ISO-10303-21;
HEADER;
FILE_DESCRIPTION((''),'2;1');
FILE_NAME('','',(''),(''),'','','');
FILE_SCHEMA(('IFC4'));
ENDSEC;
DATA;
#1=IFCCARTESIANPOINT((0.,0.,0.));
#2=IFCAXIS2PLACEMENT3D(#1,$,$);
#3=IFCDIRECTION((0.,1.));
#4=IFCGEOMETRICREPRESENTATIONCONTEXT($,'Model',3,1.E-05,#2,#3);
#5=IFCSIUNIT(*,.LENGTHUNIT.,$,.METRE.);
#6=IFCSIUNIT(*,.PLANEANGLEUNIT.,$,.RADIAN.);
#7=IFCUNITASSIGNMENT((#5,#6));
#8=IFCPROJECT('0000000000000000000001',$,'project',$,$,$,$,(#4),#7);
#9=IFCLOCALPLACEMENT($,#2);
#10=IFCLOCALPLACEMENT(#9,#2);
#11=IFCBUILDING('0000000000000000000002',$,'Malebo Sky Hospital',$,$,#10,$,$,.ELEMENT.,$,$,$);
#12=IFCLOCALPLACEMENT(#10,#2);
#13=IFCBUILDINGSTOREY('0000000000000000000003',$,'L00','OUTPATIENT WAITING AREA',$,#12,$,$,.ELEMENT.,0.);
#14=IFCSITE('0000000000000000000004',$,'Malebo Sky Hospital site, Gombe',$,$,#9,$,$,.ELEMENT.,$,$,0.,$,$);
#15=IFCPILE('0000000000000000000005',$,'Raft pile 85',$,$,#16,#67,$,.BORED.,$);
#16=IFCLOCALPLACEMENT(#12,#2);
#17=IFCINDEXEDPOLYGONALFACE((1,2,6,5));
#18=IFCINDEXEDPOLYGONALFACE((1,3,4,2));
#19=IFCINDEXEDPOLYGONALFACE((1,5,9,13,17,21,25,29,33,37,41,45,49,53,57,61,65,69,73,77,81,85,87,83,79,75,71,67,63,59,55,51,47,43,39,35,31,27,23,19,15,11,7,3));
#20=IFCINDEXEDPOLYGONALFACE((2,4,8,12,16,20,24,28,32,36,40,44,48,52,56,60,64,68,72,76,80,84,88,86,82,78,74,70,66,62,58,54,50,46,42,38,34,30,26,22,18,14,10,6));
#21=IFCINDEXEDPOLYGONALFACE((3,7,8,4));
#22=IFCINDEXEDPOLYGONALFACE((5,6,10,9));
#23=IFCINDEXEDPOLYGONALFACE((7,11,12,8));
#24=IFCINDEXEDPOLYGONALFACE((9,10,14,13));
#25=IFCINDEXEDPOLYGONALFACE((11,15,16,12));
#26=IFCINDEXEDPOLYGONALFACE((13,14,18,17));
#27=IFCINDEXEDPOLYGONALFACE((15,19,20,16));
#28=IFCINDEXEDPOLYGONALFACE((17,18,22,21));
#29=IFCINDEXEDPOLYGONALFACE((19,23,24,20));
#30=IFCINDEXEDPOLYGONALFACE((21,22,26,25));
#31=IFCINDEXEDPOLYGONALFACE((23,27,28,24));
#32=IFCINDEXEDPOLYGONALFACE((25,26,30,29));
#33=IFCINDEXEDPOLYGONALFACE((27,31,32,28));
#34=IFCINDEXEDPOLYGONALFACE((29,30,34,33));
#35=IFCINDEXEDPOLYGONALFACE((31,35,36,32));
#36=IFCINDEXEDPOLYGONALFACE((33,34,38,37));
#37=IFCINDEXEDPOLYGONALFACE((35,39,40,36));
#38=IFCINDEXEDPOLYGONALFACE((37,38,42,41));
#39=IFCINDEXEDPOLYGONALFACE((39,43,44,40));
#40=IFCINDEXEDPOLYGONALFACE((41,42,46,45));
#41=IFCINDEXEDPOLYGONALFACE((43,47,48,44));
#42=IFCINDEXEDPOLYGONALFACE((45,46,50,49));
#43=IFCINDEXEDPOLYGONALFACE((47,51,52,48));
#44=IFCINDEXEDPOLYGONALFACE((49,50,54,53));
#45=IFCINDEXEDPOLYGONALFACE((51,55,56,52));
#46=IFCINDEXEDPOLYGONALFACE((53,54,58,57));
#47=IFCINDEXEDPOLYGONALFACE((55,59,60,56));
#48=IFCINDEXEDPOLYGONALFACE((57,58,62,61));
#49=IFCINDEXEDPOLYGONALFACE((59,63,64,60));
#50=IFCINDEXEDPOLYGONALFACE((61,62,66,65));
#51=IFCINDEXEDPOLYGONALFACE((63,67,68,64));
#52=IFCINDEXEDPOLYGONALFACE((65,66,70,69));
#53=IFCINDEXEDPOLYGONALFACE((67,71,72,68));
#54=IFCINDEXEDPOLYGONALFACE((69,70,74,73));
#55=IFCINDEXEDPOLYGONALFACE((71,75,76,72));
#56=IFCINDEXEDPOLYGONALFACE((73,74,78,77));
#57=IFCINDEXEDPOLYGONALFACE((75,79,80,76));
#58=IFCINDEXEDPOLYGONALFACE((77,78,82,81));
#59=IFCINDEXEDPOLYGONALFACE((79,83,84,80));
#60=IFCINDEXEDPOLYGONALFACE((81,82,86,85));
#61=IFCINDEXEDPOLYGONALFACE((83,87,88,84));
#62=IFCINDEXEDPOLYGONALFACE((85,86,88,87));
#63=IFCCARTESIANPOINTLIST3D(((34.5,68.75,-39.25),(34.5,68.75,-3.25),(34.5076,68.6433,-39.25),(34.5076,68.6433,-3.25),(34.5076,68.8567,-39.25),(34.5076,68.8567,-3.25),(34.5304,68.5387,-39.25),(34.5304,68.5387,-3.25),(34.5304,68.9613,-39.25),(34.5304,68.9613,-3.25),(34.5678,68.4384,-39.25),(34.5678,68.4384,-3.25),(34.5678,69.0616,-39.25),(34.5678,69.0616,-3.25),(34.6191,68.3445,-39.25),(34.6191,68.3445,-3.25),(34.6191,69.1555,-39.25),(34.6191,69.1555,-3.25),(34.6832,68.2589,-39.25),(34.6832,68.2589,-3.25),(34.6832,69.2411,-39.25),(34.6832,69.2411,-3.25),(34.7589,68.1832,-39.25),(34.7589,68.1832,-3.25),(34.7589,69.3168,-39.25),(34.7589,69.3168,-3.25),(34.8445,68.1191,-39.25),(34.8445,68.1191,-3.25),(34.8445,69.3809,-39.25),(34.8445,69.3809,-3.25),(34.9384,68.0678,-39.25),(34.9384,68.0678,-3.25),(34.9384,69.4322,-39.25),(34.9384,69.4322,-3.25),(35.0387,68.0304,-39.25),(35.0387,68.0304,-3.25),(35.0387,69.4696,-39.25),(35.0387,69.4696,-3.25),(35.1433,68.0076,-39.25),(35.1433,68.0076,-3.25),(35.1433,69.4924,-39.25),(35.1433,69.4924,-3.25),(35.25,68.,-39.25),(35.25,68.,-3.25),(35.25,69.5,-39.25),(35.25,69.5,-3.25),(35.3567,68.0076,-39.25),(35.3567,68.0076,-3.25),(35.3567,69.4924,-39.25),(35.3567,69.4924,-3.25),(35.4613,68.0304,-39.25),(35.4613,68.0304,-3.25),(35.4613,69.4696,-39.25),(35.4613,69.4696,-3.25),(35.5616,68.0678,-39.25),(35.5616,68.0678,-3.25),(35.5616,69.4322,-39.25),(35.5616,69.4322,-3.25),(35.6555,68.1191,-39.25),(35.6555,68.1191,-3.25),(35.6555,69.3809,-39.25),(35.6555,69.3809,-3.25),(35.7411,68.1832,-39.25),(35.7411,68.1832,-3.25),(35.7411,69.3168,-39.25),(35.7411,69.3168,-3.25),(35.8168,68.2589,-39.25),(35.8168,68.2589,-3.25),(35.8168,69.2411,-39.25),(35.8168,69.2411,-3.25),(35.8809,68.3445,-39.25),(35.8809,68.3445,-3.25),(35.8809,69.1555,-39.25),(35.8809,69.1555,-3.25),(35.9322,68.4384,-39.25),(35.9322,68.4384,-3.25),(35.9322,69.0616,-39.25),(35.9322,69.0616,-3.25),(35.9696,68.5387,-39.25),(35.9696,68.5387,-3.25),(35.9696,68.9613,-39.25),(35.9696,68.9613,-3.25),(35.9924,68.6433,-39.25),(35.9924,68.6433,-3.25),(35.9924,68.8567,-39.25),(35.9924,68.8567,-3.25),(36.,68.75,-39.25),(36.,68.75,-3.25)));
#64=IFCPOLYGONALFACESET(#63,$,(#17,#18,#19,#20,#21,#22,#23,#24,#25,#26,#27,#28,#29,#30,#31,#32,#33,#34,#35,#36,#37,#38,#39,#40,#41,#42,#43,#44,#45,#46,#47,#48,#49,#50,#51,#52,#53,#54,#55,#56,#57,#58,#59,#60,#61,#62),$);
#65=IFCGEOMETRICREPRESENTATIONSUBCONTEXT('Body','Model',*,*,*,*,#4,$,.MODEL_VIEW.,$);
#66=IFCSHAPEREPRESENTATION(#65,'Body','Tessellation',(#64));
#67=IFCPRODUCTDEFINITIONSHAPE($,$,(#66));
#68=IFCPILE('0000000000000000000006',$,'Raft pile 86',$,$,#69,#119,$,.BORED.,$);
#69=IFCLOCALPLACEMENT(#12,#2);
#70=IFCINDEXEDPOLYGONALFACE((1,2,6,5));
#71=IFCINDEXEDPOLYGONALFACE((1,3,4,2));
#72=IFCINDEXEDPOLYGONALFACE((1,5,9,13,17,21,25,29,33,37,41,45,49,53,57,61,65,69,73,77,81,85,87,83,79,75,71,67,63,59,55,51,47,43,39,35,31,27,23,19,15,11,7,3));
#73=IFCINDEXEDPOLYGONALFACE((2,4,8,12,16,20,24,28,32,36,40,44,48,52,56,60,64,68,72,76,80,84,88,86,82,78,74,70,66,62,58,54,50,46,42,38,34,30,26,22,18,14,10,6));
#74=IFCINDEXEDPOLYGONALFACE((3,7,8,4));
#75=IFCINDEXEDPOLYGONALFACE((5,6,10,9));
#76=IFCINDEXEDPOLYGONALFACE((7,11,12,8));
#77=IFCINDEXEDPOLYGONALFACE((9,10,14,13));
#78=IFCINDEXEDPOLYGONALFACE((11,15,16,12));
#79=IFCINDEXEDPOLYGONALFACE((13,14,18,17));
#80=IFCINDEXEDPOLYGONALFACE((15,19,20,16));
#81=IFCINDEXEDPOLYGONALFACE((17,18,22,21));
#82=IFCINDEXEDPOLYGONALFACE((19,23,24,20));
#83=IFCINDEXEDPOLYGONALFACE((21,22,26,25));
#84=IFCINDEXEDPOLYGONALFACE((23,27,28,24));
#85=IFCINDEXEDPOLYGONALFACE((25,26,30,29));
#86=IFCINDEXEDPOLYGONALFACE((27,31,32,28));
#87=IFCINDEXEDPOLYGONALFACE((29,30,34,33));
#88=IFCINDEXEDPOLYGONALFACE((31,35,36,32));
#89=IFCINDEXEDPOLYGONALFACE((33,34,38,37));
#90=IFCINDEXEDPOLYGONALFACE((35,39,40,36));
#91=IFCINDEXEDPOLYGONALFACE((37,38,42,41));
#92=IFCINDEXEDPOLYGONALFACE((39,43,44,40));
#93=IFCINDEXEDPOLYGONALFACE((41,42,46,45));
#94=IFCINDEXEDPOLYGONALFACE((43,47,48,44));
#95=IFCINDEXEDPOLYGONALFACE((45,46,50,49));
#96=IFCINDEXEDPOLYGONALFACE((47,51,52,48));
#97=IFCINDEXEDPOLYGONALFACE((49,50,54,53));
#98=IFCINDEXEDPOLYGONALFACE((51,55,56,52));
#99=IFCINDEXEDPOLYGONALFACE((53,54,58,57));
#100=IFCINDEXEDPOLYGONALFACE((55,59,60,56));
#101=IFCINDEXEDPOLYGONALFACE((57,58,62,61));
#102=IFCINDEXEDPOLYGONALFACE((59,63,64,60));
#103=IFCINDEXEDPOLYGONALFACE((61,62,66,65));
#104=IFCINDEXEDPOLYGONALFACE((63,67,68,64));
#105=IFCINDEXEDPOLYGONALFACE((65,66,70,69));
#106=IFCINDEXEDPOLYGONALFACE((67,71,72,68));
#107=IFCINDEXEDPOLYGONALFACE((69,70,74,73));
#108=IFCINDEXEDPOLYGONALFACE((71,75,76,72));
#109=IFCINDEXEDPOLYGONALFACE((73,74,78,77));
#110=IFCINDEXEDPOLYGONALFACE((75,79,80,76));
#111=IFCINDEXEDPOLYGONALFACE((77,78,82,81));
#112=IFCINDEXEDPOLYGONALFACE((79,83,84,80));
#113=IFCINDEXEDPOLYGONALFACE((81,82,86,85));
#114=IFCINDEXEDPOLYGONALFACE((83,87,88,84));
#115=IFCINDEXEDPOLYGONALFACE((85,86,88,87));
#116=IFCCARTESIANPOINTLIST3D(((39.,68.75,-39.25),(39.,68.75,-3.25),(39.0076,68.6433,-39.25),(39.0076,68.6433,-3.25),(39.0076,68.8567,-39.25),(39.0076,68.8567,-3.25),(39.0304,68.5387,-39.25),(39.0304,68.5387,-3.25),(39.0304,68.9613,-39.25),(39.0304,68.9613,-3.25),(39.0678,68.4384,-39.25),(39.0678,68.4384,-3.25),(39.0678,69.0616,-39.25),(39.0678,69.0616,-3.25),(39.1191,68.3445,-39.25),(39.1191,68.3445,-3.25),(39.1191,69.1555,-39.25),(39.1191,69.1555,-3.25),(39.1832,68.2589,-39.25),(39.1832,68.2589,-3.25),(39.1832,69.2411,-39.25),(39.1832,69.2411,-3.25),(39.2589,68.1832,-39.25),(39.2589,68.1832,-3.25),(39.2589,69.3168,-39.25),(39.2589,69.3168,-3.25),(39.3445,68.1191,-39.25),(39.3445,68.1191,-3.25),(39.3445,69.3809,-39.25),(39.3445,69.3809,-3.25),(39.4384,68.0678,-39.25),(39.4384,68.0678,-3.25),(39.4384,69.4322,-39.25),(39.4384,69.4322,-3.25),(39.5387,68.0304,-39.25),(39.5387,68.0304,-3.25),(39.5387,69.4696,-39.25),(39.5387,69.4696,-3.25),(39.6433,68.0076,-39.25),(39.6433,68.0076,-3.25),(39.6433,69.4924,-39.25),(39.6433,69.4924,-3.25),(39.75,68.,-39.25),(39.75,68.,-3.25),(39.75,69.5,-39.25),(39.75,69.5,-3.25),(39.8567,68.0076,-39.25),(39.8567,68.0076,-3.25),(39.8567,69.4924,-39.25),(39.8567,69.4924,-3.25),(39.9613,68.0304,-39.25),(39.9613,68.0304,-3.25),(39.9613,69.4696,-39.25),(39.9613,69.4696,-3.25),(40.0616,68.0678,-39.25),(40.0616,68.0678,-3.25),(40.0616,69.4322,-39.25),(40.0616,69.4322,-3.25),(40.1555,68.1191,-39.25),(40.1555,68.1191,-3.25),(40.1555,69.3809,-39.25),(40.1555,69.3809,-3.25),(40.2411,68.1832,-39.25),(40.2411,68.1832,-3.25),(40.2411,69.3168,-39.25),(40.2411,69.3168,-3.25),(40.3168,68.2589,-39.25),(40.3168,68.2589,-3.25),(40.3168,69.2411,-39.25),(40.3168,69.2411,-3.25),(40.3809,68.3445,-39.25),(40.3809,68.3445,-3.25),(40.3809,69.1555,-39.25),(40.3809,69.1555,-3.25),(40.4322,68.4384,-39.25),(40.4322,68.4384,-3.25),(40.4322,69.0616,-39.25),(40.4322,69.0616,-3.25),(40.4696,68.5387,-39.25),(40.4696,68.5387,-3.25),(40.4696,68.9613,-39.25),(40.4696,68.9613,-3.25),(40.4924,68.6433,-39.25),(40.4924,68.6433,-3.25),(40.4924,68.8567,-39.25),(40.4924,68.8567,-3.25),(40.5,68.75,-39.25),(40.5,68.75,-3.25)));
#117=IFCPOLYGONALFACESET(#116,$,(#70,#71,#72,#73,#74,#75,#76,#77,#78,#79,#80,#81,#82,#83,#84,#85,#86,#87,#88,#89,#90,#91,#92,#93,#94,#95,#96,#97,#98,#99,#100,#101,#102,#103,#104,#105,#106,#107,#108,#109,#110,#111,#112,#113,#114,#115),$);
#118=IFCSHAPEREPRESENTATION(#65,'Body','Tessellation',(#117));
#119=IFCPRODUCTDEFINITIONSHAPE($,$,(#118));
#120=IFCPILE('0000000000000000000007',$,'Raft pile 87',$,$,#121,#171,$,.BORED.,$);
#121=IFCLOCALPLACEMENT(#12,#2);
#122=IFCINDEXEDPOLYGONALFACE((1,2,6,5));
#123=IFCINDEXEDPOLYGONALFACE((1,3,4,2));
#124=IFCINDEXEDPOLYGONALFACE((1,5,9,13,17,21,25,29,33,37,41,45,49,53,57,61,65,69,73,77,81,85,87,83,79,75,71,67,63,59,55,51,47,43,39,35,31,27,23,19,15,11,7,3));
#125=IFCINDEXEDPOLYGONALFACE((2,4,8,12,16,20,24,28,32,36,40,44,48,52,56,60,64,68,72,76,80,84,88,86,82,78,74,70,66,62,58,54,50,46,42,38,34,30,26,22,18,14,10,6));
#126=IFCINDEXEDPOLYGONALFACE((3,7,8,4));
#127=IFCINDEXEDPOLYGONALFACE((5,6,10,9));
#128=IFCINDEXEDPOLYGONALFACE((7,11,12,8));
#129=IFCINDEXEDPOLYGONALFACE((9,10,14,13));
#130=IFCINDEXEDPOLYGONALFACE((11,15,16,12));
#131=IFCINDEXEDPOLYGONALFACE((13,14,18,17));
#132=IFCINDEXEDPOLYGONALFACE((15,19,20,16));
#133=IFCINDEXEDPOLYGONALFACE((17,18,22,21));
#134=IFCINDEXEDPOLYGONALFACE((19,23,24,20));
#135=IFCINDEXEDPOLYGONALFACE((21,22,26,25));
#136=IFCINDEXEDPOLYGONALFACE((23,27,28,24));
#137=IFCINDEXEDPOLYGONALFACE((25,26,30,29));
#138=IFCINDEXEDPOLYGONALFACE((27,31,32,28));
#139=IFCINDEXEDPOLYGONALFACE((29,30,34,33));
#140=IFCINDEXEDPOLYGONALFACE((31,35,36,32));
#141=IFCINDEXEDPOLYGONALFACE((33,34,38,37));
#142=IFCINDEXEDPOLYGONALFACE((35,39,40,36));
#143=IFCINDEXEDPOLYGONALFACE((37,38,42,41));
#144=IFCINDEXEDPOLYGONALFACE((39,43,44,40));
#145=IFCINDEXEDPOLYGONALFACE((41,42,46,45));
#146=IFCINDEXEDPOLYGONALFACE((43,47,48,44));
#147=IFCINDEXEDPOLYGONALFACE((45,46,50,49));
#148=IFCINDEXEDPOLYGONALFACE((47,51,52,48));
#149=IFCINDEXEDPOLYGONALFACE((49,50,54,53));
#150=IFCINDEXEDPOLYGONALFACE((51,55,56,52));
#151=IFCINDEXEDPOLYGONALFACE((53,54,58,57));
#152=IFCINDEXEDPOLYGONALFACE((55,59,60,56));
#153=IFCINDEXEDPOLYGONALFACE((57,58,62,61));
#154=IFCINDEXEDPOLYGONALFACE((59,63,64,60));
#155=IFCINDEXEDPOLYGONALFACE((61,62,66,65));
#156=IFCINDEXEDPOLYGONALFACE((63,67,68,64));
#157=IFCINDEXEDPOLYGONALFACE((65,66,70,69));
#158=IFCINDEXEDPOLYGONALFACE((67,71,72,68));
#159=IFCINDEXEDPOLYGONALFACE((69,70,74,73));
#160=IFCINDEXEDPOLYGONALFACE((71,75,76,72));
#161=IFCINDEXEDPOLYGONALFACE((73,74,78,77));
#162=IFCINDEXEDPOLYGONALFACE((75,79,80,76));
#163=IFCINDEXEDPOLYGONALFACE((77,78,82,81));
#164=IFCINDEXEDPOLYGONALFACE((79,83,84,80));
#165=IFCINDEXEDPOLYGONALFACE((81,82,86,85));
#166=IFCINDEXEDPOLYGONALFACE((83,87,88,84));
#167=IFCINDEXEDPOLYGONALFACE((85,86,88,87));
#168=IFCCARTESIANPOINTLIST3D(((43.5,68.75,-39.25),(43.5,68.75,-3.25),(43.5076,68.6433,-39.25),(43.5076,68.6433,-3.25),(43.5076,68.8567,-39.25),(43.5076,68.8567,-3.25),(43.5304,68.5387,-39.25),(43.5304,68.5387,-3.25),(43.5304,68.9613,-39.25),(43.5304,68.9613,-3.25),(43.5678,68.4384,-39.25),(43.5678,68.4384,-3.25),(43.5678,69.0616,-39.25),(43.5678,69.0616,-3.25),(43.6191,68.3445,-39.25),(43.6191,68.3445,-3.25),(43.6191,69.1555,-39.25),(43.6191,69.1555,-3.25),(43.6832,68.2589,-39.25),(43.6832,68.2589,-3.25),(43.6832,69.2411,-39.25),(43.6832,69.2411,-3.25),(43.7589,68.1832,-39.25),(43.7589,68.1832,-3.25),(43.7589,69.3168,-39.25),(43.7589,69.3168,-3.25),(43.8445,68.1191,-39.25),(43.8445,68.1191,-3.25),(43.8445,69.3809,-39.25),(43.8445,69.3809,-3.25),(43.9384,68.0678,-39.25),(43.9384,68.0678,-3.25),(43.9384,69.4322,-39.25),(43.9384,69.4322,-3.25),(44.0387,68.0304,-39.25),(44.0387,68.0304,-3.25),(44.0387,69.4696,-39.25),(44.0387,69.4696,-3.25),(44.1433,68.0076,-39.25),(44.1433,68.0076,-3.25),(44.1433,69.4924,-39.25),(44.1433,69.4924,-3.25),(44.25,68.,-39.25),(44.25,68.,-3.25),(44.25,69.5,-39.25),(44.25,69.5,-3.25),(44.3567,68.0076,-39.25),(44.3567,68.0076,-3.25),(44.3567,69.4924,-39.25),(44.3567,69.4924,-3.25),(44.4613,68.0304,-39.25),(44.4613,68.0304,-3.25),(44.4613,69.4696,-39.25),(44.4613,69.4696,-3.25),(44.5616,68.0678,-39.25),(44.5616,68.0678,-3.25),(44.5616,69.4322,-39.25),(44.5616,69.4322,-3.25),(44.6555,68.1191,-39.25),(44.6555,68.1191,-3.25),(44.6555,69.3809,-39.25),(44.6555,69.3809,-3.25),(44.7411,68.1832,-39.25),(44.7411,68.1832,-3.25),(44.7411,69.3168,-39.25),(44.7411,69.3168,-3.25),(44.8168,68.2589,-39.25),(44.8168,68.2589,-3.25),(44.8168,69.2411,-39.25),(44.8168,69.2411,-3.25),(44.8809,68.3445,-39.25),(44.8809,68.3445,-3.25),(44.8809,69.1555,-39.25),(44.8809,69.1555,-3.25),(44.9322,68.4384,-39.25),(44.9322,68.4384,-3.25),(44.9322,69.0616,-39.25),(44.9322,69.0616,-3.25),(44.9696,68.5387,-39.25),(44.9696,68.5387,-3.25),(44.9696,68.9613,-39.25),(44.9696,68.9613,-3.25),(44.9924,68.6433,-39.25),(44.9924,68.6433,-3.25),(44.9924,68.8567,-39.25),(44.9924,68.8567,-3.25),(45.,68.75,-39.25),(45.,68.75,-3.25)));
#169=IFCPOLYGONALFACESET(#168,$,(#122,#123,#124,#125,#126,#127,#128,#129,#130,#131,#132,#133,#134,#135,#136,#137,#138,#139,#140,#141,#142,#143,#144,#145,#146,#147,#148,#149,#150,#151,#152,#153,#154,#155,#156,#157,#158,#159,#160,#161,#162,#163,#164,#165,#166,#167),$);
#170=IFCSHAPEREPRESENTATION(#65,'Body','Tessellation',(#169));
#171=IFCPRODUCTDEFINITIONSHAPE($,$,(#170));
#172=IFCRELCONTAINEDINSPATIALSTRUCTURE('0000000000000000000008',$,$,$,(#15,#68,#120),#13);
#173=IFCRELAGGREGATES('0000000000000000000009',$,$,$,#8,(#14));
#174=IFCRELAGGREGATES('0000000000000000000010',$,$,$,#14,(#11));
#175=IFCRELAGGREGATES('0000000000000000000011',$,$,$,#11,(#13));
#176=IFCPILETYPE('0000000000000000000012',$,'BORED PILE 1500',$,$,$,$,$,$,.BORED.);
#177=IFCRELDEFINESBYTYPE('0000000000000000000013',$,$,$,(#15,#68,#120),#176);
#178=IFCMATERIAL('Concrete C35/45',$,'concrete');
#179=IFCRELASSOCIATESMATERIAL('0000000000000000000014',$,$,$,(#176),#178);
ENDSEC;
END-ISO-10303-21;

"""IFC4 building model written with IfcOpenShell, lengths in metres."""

from ifc_helpers import new_model, si_unit, direction, frame, origin, origin_2d, place, context, subcontext, project, spatial, circle, extrude, material, material_profile, profile_set, type_object, element, save


model = new_model("IFC4")

# Units and contexts
model_context = context("Model", 3, precision=1e-05, world=origin(), true_north=direction((0.0, 1.0)))
body_context = subcontext(model_context, "Body", "Model", "MODEL_VIEW")
ifc_project = project(units=[si_unit("LENGTHUNIT", "METRE"), si_unit("PLANEANGLEUNIT", "RADIAN")], contexts=[model_context])

# Site, building, storey
site_placement = place(None, origin())
site = spatial("IfcSite", under=ifc_project, at=site_placement, Name="Malebo Sky Hospital site, Gombe", CompositionType="ELEMENT", RefElevation=0.0)
building_placement = place(site_placement, origin())
building = spatial("IfcBuilding", under=site, at=building_placement, Name="Malebo Sky Hospital", CompositionType="ELEMENT")
storey_placement = place(building_placement, origin())
storey = spatial("IfcBuildingStorey", under=building, at=storey_placement, Name="L00", Description="OUTPATIENT WAITING AREA", CompositionType="ELEMENT", Elevation=0.0)

# Piles
ifc_material_1 = material(Name="Concrete C35/45", Category="concrete")
ifc_material_profile_1 = material_profile(ifc_material_1, circle(Radius=0.75, at=origin_2d()), Name="BP 1500")
ifc_profile_set_1 = profile_set([ifc_material_profile_1], Name="Concrete C35/45")
pile_type = type_object("IfcPileType", Name="BORED PILE 1500", PredefinedType="BORED", material=ifc_profile_set_1)
for number, where, z_axis, x_axis, name in (
    (1, (35.25, 68.75, -3.25), (0.0, 0.0, -1.0), (1.0, 0.0, 0.0), "Raft pile 85"),
    (2, (39.75, 68.75, -3.25), (0.0, 0.0, -1.0), (1.0, 0.0, 0.0), "Raft pile 86"),
    (3, (44.25, 68.75, -3.25), (0.0, 0.0, -1.0), (1.0, 0.0, 0.0), "Raft pile 87"),
):
    element("IfcPile", number, at=place(storey_placement, frame(where, z_axis=z_axis, x_axis=x_axis)), inside=storey, type_object=pile_type, Name=name, PredefinedType="BORED", context=body_context, shape_type="SweptSolid", body=[
        extrude(circle(Radius=0.75, at=origin_2d()), origin(), (0.0, 0.0, 1.0), 36.0),
    ])

save(model, "model.ifc")
